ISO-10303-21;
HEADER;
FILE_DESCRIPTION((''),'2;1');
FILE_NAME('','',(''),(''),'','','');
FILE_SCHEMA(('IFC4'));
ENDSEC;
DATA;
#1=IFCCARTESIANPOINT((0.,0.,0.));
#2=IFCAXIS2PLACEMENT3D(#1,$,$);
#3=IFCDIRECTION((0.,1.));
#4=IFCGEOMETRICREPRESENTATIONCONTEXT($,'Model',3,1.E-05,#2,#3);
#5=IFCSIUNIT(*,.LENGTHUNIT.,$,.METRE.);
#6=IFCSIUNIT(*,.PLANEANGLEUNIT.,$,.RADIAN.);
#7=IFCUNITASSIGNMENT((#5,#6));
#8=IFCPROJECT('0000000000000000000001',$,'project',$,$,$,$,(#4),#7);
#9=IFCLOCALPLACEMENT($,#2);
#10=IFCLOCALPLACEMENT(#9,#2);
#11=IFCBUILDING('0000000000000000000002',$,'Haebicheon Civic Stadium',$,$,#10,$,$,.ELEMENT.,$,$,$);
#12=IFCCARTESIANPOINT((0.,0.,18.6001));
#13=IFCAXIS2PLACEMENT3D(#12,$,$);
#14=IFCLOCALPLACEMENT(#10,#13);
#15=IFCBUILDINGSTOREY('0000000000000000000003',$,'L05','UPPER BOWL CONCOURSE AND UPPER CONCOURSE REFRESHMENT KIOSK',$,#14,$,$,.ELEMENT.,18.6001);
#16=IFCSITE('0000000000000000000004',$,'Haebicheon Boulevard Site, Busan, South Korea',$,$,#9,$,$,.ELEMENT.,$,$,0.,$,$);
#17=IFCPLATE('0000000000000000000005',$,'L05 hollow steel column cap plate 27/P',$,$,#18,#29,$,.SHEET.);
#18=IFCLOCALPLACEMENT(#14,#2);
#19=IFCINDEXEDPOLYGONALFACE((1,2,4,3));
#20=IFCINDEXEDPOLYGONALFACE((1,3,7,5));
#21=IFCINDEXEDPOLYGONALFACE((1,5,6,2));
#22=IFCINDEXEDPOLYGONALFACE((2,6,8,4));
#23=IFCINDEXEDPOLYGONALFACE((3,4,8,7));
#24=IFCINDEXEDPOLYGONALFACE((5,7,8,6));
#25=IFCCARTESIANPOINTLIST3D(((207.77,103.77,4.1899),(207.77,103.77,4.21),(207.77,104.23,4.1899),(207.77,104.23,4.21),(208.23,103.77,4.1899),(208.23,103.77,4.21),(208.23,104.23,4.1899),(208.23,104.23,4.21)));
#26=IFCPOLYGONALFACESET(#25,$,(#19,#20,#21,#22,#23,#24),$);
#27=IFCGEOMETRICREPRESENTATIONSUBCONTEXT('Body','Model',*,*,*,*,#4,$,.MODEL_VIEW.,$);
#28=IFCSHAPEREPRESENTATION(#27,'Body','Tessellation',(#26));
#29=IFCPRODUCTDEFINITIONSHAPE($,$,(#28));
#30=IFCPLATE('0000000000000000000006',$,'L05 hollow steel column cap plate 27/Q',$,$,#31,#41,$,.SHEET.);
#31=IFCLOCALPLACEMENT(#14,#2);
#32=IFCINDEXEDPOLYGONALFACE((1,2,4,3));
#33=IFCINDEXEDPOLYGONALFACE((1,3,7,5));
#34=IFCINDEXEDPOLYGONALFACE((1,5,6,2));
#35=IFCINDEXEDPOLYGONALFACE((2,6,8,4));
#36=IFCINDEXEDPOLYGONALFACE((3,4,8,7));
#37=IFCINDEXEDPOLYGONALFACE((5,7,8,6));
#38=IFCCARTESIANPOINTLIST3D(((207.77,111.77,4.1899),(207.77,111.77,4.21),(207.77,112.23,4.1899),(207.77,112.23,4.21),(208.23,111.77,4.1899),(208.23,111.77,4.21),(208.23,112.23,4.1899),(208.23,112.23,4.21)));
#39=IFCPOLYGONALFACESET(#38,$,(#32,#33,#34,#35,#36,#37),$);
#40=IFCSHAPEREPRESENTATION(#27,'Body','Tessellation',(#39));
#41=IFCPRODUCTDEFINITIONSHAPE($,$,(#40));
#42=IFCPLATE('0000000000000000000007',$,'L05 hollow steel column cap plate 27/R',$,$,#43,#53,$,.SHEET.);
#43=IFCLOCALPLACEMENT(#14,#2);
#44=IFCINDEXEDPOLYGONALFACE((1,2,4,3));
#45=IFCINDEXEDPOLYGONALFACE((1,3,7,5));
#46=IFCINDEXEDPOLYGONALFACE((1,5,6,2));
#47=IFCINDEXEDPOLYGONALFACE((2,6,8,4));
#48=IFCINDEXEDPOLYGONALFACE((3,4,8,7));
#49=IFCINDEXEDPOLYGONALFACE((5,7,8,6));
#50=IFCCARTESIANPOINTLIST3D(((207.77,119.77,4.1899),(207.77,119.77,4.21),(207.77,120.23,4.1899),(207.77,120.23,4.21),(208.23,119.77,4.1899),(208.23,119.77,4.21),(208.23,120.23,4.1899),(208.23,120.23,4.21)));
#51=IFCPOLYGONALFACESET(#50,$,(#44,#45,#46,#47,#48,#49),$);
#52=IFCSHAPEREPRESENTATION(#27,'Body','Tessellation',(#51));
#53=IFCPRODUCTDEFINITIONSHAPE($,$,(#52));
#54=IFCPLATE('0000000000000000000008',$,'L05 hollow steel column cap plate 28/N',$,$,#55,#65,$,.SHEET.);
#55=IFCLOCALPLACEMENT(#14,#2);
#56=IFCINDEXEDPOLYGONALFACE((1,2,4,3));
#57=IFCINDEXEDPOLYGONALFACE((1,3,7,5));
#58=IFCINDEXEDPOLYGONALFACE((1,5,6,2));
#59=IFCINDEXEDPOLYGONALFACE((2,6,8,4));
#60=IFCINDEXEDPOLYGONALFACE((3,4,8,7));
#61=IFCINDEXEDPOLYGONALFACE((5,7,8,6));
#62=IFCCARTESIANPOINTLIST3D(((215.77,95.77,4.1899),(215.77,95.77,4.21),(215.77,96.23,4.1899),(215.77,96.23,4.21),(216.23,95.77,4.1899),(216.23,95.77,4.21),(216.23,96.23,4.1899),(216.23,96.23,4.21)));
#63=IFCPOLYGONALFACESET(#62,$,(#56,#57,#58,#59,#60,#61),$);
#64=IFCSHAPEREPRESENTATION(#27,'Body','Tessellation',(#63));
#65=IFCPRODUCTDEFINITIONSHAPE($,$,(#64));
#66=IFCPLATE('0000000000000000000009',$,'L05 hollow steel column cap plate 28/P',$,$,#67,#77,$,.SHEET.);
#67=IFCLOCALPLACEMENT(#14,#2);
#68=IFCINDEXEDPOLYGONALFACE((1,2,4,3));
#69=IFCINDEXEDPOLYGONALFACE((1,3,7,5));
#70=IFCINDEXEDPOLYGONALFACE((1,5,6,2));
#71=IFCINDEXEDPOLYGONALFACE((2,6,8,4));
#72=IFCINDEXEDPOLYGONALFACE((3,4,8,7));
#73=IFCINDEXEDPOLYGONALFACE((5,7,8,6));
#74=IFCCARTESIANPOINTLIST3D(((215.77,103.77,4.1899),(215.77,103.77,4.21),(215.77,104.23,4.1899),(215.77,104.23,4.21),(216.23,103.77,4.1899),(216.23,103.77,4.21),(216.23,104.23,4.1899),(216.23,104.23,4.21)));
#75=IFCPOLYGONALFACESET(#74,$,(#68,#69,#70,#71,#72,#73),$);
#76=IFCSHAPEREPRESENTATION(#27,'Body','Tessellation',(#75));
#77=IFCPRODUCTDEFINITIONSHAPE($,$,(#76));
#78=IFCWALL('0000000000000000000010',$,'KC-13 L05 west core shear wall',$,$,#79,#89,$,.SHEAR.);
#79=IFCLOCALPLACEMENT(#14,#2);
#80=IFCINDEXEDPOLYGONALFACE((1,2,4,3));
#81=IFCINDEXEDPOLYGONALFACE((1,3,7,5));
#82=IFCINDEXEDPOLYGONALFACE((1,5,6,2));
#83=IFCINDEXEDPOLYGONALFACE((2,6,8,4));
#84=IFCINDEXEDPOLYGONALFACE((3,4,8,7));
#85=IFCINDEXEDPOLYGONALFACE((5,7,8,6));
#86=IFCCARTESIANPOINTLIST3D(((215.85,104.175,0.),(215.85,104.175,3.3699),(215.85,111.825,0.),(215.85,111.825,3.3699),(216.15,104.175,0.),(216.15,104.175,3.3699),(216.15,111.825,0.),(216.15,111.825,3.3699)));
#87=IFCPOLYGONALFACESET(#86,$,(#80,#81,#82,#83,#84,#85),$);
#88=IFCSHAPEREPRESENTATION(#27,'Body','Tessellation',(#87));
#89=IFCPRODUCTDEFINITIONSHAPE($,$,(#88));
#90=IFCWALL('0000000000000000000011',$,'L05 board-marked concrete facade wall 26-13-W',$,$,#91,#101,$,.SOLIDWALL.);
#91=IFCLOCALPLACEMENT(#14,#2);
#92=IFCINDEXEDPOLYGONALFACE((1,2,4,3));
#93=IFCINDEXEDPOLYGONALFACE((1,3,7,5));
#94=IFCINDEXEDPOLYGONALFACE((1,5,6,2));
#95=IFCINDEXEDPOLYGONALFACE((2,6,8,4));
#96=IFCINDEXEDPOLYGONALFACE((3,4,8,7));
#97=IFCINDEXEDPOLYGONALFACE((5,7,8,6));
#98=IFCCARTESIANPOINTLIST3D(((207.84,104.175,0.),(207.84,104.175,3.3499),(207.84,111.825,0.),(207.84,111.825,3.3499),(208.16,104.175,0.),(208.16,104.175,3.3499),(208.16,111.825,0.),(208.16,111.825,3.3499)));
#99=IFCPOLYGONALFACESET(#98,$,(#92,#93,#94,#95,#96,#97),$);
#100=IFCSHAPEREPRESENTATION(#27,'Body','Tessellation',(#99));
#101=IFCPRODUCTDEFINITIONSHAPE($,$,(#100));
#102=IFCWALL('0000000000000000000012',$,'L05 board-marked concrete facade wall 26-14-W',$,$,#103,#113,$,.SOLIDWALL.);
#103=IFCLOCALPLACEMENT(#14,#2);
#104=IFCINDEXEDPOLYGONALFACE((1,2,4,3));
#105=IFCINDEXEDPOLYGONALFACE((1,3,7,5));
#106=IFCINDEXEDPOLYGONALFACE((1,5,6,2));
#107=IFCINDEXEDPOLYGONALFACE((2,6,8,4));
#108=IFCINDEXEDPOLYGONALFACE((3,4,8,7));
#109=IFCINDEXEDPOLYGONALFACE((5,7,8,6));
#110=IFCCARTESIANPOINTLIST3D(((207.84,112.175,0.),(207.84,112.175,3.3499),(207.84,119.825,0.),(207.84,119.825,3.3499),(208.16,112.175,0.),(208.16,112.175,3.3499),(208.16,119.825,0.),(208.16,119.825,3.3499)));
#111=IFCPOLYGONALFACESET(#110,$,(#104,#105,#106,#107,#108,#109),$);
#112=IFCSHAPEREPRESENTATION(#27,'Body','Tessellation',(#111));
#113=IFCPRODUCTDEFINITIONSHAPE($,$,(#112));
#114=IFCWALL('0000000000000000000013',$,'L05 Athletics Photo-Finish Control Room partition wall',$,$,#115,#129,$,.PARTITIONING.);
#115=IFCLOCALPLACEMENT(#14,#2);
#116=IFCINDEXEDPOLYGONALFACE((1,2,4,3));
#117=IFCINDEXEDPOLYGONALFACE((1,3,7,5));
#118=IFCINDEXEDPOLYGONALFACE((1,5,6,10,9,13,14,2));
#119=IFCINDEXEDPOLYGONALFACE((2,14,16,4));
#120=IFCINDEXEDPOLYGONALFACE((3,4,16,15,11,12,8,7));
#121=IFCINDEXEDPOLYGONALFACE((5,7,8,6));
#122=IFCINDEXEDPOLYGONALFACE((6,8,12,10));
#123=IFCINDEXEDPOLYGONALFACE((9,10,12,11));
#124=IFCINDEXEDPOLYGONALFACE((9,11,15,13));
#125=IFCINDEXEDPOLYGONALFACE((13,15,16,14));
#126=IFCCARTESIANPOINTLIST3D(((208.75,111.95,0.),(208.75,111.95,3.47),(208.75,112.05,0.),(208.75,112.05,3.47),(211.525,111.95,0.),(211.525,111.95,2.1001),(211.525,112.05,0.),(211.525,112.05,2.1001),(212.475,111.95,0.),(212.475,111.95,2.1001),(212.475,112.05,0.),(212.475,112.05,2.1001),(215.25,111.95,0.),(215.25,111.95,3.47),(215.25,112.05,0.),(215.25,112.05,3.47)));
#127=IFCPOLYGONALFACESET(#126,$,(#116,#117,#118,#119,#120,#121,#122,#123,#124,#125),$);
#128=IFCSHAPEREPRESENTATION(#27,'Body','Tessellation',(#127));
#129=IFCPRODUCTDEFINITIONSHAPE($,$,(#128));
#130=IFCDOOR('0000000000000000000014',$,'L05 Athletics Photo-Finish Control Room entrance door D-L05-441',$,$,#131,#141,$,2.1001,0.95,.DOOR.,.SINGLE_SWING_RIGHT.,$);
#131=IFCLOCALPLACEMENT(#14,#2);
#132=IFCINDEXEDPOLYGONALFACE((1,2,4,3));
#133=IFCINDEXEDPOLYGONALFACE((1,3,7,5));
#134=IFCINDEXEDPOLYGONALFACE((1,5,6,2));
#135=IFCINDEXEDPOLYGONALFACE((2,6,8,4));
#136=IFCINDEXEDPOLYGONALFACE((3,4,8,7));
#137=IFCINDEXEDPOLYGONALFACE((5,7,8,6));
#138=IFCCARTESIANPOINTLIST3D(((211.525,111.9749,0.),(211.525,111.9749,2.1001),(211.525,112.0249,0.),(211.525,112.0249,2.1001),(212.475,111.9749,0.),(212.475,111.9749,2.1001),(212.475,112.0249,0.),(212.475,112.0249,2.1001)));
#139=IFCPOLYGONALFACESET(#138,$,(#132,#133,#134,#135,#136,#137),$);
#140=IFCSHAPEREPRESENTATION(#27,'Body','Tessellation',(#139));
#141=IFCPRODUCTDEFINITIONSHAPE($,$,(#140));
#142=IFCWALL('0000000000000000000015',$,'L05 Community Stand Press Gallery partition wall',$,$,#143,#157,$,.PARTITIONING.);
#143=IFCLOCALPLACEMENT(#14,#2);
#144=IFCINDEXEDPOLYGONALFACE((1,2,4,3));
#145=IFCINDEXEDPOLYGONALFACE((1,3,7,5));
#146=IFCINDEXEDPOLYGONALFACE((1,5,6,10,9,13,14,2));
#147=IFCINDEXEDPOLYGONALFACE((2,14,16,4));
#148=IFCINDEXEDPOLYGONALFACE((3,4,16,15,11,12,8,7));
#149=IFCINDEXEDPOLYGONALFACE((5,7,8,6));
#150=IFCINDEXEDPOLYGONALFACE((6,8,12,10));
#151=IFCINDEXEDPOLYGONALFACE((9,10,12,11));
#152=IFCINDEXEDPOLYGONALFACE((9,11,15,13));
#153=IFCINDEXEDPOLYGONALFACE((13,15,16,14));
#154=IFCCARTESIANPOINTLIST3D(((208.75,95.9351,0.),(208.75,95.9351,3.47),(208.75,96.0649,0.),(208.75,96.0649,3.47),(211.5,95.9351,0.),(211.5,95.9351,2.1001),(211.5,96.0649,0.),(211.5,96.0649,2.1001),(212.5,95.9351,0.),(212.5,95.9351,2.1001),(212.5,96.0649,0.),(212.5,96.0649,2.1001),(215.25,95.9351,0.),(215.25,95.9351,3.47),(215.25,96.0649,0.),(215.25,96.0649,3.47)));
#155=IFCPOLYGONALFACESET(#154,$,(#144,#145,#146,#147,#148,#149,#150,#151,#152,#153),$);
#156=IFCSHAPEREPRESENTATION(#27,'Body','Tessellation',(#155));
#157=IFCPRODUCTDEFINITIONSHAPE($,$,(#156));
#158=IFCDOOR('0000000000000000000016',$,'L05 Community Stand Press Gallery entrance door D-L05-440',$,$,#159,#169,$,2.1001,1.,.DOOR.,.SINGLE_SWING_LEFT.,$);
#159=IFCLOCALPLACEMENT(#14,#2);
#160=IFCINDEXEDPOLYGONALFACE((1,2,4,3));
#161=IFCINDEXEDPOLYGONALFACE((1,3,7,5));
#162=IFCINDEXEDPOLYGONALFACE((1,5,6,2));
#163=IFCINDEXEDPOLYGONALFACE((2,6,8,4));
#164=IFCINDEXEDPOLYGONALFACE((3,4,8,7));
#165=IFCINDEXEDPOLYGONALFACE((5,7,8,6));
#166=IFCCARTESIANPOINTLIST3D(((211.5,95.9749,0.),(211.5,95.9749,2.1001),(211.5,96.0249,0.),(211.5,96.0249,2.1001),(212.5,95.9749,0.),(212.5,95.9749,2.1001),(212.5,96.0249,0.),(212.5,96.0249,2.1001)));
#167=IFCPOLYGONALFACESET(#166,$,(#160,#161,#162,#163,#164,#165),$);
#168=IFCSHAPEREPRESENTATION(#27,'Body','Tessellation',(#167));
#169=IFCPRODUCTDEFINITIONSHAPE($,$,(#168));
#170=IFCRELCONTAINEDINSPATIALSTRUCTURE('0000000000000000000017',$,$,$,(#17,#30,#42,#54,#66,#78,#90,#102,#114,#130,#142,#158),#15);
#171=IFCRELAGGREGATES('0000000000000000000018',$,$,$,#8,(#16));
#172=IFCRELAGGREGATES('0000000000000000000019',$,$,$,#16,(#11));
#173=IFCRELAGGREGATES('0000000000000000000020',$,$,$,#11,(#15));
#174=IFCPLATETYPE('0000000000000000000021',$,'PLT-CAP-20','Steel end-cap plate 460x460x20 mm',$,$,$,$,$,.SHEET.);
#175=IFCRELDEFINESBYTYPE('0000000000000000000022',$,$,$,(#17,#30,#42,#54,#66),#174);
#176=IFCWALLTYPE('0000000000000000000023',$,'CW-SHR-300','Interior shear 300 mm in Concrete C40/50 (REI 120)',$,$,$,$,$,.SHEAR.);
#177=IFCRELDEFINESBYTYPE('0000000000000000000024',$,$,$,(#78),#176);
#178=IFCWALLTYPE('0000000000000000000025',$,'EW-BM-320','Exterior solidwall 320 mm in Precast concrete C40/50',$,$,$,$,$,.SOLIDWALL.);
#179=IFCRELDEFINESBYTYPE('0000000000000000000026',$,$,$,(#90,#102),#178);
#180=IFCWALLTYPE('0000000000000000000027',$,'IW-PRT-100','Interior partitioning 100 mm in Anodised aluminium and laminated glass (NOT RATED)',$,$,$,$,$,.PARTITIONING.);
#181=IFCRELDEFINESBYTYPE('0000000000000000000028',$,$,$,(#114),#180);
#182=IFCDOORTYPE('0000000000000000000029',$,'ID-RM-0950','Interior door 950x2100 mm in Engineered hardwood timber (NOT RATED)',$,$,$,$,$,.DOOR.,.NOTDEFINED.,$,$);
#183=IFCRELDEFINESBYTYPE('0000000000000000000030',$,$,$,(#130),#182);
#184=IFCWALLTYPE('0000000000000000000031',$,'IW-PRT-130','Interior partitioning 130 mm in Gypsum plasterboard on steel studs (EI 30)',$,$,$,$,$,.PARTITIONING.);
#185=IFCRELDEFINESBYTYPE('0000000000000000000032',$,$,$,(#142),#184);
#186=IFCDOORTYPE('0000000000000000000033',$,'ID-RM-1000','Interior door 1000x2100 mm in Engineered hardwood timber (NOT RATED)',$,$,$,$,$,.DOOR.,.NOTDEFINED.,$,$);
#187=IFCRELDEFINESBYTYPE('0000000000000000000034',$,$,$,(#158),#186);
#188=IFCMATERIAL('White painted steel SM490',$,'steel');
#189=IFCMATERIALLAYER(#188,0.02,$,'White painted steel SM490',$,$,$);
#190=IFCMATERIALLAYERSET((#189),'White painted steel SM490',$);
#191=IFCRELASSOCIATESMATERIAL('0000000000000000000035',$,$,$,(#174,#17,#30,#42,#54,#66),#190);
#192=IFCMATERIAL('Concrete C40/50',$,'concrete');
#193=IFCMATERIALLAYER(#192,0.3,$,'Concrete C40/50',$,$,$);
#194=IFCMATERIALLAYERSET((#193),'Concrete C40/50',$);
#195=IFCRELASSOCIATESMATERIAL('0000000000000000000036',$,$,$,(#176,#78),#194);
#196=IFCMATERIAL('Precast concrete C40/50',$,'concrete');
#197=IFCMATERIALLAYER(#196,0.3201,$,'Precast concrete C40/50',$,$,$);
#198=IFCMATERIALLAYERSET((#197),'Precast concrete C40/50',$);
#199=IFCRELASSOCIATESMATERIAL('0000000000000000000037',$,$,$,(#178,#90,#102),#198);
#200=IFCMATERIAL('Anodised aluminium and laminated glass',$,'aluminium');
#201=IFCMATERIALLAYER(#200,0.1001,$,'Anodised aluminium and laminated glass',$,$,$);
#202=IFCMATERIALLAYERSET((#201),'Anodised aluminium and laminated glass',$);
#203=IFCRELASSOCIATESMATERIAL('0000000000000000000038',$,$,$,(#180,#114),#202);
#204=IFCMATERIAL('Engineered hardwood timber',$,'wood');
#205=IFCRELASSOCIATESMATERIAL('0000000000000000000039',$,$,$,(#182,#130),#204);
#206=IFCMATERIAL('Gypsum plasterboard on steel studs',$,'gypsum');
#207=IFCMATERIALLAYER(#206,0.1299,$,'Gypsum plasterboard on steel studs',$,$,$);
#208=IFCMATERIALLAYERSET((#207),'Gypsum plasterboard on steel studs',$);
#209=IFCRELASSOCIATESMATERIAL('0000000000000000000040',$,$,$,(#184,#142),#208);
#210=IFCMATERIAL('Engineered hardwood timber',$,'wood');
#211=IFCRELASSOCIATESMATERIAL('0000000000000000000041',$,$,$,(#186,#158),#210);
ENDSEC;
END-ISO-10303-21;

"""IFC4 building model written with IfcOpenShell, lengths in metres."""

from ifc_helpers import new_model, si_unit, direction, frame, frame_2d, origin, origin_2d, place, context, subcontext, project, spatial, rectangle, extrude, material, layer, layer_set, type_object, element, fill, save


model = new_model("IFC4")

# Units and contexts
model_context = context("Model", 3, precision=1e-05, world=origin(), true_north=direction((0.0, 1.0)))
body_context = subcontext(model_context, "Body", "Model", "MODEL_VIEW")
ifc_project = project(units=[si_unit("LENGTHUNIT", "METRE"), si_unit("PLANEANGLEUNIT", "RADIAN")], contexts=[model_context])

# Site, building, storey
site_placement = place(None, origin())
site = spatial("IfcSite", under=ifc_project, at=site_placement, Name="Haebicheon Boulevard Site, Busan, South Korea", CompositionType="ELEMENT", RefElevation=0.0)
building_placement = place(site_placement, origin())
building = spatial("IfcBuilding", under=site, at=building_placement, Name="Haebicheon Civic Stadium", CompositionType="ELEMENT")
storey_placement = place(building_placement, frame((0.0, 0.0, 18.6001)))
storey = spatial("IfcBuildingStorey", under=building, at=storey_placement, Name="L05", Description="UPPER BOWL CONCOURSE AND UPPER CONCOURSE REFRESHMENT KIOSK", CompositionType="ELEMENT", Elevation=18.6001)

# Plates
ifc_material_1 = material(Name="White painted steel SM490", Category="steel")
ifc_layer_1 = layer(ifc_material_1, 0.02, Name="White painted steel SM490")
ifc_layer_set_1 = layer_set([ifc_layer_1], Name="White painted steel SM490")
plate_type = type_object("IfcPlateType", Name="PLT-CAP-20", Description="Steel end-cap plate 460x460x20 mm", PredefinedType="SHEET", material=ifc_layer_set_1)
for number, where, z_axis, x_axis, name in (
    (1, (208.0, 104.0, 4.1899), (0.0, 0.0, 1.0), (1.0, 0.0, 0.0), "L05 hollow steel column cap plate 27/P"),
    (2, (208.0, 112.0, 4.1899), (0.0, 0.0, 1.0), (1.0, 0.0, 0.0), "L05 hollow steel column cap plate 27/Q"),
    (3, (208.0, 120.0, 4.1899), (0.0, 0.0, 1.0), (1.0, 0.0, 0.0), "L05 hollow steel column cap plate 27/R"),
    (4, (216.0, 96.0, 4.1899), (0.0, 0.0, 1.0), (1.0, 0.0, 0.0), "L05 hollow steel column cap plate 28/N"),
    (5, (216.0, 104.0, 4.1899), (0.0, 0.0, 1.0), (1.0, 0.0, 0.0), "L05 hollow steel column cap plate 28/P"),
):
    element("IfcPlate", number, at=place(storey_placement, frame(where, z_axis=z_axis, x_axis=x_axis)), inside=storey, type_object=plate_type, material=ifc_layer_set_1, Name=name, PredefinedType="SHEET", context=body_context, shape_type="SweptSolid", body=[
        extrude(rectangle(XDim=0.46, YDim=0.46, at=origin_2d()), origin(), (0.0, 0.0, 1.0), 0.02),
    ])

# Walls
ifc_material_2 = material(Name="Concrete C40/50", Category="concrete")
ifc_layer_2 = layer(ifc_material_2, 0.3, Name="Concrete C40/50")
ifc_layer_set_2 = layer_set([ifc_layer_2], Name="Concrete C40/50")
wall_type_1 = type_object("IfcWallType", Name="CW-SHR-300", Description="Interior shear 300 mm in Concrete C40/50 (REI 120)", PredefinedType="SHEAR", material=ifc_layer_set_2)
wall_1_placement = place(storey_placement, frame((216.0, 104.175, 0.0), z_axis=(0.0, 0.0, 1.0), x_axis=(0.0, 1.0, 0.0)))
element("IfcWall", 6, at=wall_1_placement, inside=storey, type_object=wall_type_1, material=ifc_layer_set_2, Name="KC-13 L05 west core shear wall", PredefinedType="SHEAR", context=body_context, shape_type="SweptSolid", body=[
    extrude(rectangle(XDim=7.6499, YDim=0.3, at=frame_2d((3.825, 0.0))), origin(), (0.0, 0.0, 1.0), 3.3699),
])
ifc_material_3 = material(Name="Precast concrete C40/50", Category="concrete")
ifc_layer_3 = layer(ifc_material_3, 0.3201, Name="Precast concrete C40/50")
ifc_layer_set_3 = layer_set([ifc_layer_3], Name="Precast concrete C40/50")
wall_type_2 = type_object("IfcWallType", Name="EW-BM-320", Description="Exterior solidwall 320 mm in Precast concrete C40/50", PredefinedType="SOLIDWALL", material=ifc_layer_set_3)
for number, where, z_axis, x_axis, name in (
    (7, (208.0, 104.175, 0.0), (0.0, 0.0, 1.0), (0.0, 1.0, 0.0), "L05 board-marked concrete facade wall 26-13-W"),
    (8, (208.0, 112.175, 0.0), (0.0, 0.0, 1.0), (0.0, 1.0, 0.0), "L05 board-marked concrete facade wall 26-14-W"),
):
    element("IfcWall", number, at=place(storey_placement, frame(where, z_axis=z_axis, x_axis=x_axis)), inside=storey, type_object=wall_type_2, material=ifc_layer_set_3, Name=name, PredefinedType="SOLIDWALL", context=body_context, shape_type="SweptSolid", body=[
        extrude(rectangle(XDim=7.6499, YDim=0.3201, at=frame_2d((3.825, 0.0))), origin(), (0.0, 0.0, 1.0), 3.3499),
    ])

# Walls, openings, doors
ifc_material_4 = material(Name="Anodised aluminium and laminated glass", Category="aluminium")
ifc_layer_4 = layer(ifc_material_4, 0.1001, Name="Anodised aluminium and laminated glass")
ifc_layer_set_4 = layer_set([ifc_layer_4], Name="Anodised aluminium and laminated glass")
wall_type_3 = type_object("IfcWallType", Name="IW-PRT-100", Description="Interior partitioning 100 mm in Anodised aluminium and laminated glass (NOT RATED)", PredefinedType="PARTITIONING", material=ifc_layer_set_4)
wall_2_placement = place(storey_placement, frame((208.75, 112.0, 0.0), z_axis=(0.0, 0.0, 1.0), x_axis=(1.0, 0.0, 0.0)))
wall_2 = element("IfcWall", 9, at=wall_2_placement, inside=storey, type_object=wall_type_3, material=ifc_layer_set_4, Name="L05 Athletics Photo-Finish Control Room partition wall", PredefinedType="PARTITIONING", context=body_context, shape_type="SweptSolid", body=[
    extrude(rectangle(XDim=6.5, YDim=0.1001, at=frame_2d((3.25, 0.0))), origin(), (0.0, 0.0, 1.0), 3.47),
])
opening_1_placement = place(wall_2_placement, frame((2.7749, 0.0, 0.0)))
opening_1 = element("IfcOpeningElement", 10, at=opening_1_placement, cuts=wall_2, PredefinedType="OPENING", context=body_context, shape_type="SweptSolid", body=[
    extrude(rectangle(XDim=0.95, YDim=2.1001, at=frame_2d((0.4751, 1.05))), frame((0.0, 0.0601, 0.0), z_axis=(0.0, -1.0, 0.0), x_axis=(1.0, 0.0, 0.0)), (0.0, 0.0, 1.0), 0.1201),
])
ifc_material_5 = material(Name="Engineered hardwood timber", Category="wood")
door_type_1 = type_object("IfcDoorType", Name="ID-RM-0950", Description="Interior door 950x2100 mm in Engineered hardwood timber (NOT RATED)", OperationType="NOTDEFINED", PredefinedType="DOOR", material=ifc_material_5)
door_1_placement = place(opening_1_placement, origin())
door_1 = element("IfcDoor", 11, at=door_1_placement, inside=storey, type_object=door_type_1, material=ifc_material_5, Name="L05 Athletics Photo-Finish Control Room entrance door D-L05-441", OperationType="SINGLE_SWING_RIGHT", OverallHeight=2.1001, OverallWidth=0.95, PredefinedType="DOOR", context=body_context, shape_type="SweptSolid", body=[
    extrude(rectangle(XDim=0.95, YDim=2.1001, at=frame_2d((0.4751, 1.05))), frame((0.0, 0.0249, 0.0), z_axis=(0.0, -1.0, 0.0), x_axis=(1.0, 0.0, 0.0)), (0.0, 0.0, 1.0), 0.05),
])
fill(opening_1, door_1)
ifc_material_6 = material(Name="Gypsum plasterboard on steel studs", Category="gypsum")
ifc_layer_5 = layer(ifc_material_6, 0.1299, Name="Gypsum plasterboard on steel studs")
ifc_layer_set_5 = layer_set([ifc_layer_5], Name="Gypsum plasterboard on steel studs")
wall_type_4 = type_object("IfcWallType", Name="IW-PRT-130", Description="Interior partitioning 130 mm in Gypsum plasterboard on steel studs (EI 30)", PredefinedType="PARTITIONING", material=ifc_layer_set_5)
wall_3_placement = place(storey_placement, frame((208.75, 96.0, 0.0), z_axis=(0.0, 0.0, 1.0), x_axis=(1.0, 0.0, 0.0)))
wall_3 = element("IfcWall", 12, at=wall_3_placement, inside=storey, type_object=wall_type_4, material=ifc_layer_set_5, Name="L05 Community Stand Press Gallery partition wall", PredefinedType="PARTITIONING", context=body_context, shape_type="SweptSolid", body=[
    extrude(rectangle(XDim=6.5, YDim=0.1299, at=frame_2d((3.25, 0.0))), origin(), (0.0, 0.0, 1.0), 3.47),
])
opening_2_placement = place(wall_3_placement, frame((2.75, 0.0, 0.0)))
opening_2 = element("IfcOpeningElement", 13, at=opening_2_placement, cuts=wall_3, PredefinedType="OPENING", context=body_context, shape_type="SweptSolid", body=[
    extrude(rectangle(XDim=1.0, YDim=2.1001, at=frame_2d((0.5, 1.05))), frame((0.0, 0.075, 0.0), z_axis=(0.0, -1.0, 0.0), x_axis=(1.0, 0.0, 0.0)), (0.0, 0.0, 1.0), 0.1499),
])
ifc_material_7 = material(Name="Engineered hardwood timber", Category="wood")
door_type_2 = type_object("IfcDoorType", Name="ID-RM-1000", Description="Interior door 1000x2100 mm in Engineered hardwood timber (NOT RATED)", OperationType="NOTDEFINED", PredefinedType="DOOR", material=ifc_material_7)
door_2_placement = place(opening_2_placement, origin())
door_2 = element("IfcDoor", 14, at=door_2_placement, inside=storey, type_object=door_type_2, material=ifc_material_7, Name="L05 Community Stand Press Gallery entrance door D-L05-440", OperationType="SINGLE_SWING_LEFT", OverallHeight=2.1001, OverallWidth=1.0, PredefinedType="DOOR", context=body_context, shape_type="SweptSolid", body=[
    extrude(rectangle(XDim=1.0, YDim=2.1001, at=frame_2d((0.5, 1.05))), frame((0.0, 0.0249, 0.0), z_axis=(0.0, -1.0, 0.0), x_axis=(1.0, 0.0, 0.0)), (0.0, 0.0, 1.0), 0.05),
])
fill(opening_2, door_2)

save(model, "model.ifc")
